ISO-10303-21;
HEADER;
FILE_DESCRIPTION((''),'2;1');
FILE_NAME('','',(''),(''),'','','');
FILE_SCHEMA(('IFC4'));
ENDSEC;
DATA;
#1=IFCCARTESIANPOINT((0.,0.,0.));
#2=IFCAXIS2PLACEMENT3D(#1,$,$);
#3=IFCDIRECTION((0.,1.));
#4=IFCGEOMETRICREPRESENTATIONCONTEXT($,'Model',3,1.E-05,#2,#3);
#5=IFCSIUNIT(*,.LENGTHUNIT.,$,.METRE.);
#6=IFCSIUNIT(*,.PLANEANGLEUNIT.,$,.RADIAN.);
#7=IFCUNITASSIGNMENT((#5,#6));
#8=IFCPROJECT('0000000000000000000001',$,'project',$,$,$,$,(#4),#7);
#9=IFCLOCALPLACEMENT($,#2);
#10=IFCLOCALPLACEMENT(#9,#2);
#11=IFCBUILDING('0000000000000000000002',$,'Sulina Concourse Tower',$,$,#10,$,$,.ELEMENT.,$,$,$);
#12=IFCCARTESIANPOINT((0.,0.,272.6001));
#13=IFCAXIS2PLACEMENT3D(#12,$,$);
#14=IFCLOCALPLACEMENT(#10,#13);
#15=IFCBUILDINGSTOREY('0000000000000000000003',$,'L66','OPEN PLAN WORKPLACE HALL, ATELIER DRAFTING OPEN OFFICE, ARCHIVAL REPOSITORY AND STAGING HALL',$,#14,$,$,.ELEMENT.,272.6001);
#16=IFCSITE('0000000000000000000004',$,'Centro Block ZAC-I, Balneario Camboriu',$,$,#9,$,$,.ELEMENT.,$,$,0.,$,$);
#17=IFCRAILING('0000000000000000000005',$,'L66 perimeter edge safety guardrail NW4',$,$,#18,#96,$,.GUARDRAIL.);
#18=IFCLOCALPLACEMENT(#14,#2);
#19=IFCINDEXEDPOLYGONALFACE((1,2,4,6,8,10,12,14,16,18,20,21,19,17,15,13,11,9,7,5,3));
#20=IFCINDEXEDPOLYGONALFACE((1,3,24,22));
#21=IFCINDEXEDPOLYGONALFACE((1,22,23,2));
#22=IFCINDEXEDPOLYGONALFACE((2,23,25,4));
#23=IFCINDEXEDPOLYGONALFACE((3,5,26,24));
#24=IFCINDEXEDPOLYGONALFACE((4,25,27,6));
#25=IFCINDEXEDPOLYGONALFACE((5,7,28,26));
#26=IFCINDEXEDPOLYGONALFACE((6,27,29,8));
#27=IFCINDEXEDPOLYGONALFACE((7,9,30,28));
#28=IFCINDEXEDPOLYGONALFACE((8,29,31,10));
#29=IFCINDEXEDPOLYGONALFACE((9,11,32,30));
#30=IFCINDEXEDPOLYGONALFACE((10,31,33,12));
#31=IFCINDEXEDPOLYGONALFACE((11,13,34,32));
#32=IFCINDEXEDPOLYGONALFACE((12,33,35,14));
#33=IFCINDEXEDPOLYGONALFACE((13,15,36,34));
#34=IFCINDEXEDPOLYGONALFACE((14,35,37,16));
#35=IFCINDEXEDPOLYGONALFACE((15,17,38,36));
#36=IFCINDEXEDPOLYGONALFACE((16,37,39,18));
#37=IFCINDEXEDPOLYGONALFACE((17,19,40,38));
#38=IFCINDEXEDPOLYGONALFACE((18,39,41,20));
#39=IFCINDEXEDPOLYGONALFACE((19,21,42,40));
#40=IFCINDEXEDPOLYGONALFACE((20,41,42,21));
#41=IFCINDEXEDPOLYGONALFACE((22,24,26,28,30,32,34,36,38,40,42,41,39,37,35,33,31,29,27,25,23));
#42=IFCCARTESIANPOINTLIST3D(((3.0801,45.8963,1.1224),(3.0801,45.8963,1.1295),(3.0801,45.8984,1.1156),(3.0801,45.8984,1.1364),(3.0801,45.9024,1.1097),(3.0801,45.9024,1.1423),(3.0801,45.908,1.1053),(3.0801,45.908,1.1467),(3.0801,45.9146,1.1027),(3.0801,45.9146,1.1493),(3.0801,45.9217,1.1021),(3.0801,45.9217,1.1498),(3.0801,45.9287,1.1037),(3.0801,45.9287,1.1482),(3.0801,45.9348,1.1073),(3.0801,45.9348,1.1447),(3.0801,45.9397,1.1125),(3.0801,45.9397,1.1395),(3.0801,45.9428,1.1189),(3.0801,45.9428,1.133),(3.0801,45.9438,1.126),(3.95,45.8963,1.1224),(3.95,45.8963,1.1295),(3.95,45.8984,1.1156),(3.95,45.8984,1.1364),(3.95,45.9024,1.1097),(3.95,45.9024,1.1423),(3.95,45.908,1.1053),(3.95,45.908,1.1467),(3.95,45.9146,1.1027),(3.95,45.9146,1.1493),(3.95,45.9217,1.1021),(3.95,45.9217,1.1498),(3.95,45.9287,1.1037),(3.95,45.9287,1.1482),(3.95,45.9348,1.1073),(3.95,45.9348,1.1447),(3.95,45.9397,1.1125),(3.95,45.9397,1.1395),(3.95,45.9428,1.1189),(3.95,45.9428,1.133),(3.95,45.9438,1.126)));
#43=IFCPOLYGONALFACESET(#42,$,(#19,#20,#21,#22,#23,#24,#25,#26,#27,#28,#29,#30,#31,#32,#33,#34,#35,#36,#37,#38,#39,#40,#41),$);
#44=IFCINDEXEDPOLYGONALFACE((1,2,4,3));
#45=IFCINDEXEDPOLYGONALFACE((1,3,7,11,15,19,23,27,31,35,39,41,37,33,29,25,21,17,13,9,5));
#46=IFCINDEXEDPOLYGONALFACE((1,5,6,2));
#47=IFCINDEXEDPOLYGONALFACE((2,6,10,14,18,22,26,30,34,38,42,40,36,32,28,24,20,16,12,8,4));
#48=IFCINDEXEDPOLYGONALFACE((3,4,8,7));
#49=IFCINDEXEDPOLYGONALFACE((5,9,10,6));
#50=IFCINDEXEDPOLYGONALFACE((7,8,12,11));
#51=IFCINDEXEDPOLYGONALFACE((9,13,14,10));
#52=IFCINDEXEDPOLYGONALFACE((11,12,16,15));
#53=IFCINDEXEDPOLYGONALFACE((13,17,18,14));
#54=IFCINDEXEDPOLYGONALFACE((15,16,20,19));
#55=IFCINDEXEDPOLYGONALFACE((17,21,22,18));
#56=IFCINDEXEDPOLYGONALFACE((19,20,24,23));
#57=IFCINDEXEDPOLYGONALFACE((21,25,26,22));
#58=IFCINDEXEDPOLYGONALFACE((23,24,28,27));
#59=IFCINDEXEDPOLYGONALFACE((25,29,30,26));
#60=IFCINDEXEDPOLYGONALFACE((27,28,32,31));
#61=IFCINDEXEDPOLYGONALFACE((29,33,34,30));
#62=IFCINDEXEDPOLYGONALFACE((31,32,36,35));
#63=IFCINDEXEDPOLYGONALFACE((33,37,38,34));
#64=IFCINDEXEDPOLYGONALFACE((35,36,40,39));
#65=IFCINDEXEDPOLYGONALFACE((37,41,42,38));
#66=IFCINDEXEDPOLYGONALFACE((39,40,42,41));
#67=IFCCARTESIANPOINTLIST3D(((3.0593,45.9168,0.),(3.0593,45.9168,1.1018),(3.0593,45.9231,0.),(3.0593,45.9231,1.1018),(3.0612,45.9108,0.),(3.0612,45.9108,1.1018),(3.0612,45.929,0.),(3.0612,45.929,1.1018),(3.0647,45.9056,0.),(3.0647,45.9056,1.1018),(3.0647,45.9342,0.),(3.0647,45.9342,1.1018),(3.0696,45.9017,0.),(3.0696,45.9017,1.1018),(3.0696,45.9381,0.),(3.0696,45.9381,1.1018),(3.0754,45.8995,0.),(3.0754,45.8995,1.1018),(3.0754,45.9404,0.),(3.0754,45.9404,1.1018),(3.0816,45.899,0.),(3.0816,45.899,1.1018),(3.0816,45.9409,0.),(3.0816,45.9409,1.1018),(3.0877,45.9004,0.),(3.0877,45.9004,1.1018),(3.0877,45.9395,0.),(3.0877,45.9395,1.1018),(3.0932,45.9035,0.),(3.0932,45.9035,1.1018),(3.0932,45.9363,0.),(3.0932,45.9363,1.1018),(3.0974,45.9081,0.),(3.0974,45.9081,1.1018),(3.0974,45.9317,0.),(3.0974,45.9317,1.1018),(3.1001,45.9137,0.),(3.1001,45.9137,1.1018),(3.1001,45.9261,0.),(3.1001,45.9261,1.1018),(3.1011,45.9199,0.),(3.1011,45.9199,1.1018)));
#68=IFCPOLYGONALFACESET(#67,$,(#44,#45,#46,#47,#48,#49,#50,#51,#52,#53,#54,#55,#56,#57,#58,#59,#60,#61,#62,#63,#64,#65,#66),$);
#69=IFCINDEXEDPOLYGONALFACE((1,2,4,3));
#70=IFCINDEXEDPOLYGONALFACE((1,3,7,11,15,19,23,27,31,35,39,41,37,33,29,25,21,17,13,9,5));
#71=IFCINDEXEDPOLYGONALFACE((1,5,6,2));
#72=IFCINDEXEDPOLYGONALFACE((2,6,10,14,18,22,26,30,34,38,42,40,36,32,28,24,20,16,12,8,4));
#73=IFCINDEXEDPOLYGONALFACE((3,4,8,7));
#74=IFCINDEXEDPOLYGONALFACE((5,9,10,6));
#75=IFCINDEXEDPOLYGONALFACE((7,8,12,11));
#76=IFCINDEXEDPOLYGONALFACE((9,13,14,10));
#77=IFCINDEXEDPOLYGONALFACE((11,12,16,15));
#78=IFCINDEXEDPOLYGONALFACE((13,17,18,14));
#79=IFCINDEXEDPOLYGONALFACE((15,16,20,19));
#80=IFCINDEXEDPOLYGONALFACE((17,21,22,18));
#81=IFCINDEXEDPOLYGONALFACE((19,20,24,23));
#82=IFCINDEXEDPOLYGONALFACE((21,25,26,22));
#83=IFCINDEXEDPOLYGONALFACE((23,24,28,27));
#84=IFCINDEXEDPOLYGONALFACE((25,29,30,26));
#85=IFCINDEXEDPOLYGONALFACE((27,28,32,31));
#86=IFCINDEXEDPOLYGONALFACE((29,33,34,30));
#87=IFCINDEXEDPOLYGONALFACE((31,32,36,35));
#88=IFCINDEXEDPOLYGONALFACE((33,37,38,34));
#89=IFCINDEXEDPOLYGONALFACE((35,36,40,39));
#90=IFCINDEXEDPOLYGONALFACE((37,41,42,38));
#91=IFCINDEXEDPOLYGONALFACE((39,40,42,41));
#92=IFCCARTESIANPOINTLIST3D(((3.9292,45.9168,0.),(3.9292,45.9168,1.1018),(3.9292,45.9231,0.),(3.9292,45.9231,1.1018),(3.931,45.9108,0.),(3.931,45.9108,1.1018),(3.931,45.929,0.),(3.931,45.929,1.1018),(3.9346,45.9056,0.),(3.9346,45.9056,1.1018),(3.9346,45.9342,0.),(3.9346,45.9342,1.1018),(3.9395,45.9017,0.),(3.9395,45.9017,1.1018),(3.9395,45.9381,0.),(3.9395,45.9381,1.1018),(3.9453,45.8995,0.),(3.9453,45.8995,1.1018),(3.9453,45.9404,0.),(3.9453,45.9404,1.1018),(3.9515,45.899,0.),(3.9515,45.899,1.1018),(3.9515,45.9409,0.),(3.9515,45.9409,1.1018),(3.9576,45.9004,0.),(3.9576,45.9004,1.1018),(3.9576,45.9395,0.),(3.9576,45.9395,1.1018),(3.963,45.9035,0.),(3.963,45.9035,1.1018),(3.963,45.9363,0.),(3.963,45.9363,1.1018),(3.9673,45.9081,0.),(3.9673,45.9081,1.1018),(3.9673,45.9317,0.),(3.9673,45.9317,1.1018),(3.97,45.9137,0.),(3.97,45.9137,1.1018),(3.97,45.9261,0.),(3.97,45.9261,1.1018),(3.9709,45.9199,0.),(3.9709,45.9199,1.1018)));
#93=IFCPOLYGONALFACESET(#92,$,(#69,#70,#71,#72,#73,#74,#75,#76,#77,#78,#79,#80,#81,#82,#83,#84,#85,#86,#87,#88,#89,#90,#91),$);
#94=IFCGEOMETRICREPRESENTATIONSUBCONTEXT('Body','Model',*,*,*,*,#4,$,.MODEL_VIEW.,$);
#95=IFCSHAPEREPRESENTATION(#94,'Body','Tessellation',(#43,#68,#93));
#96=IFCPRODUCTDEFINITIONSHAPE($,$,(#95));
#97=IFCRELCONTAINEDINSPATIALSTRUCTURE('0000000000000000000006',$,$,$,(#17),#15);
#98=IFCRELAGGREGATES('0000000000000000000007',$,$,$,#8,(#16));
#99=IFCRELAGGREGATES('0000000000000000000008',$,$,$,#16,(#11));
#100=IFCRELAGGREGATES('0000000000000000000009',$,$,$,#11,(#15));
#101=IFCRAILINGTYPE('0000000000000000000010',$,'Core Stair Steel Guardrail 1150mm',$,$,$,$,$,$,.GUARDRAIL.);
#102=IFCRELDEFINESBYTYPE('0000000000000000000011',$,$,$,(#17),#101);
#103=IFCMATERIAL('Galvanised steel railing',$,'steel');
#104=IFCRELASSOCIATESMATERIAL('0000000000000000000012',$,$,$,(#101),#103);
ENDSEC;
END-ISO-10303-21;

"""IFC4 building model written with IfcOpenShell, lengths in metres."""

from ifc_helpers import new_model, si_unit, direction, frame, origin, origin_2d, place, context, subcontext, project, spatial, circle, extrude, material, type_object, element, save


model = new_model("IFC4")

# Units and contexts
model_context = context("Model", 3, precision=1e-05, world=origin(), true_north=direction((0.0, 1.0)))
body_context = subcontext(model_context, "Body", "Model", "MODEL_VIEW")
ifc_project = project(units=[si_unit("LENGTHUNIT", "METRE"), si_unit("PLANEANGLEUNIT", "RADIAN")], contexts=[model_context])

# Site, building, storey
site_placement = place(None, origin())
site = spatial("IfcSite", under=ifc_project, at=site_placement, Name="Centro Block ZAC-I, Balneario Camboriu", CompositionType="ELEMENT", RefElevation=0.0)
building_placement = place(site_placement, origin())
building = spatial("IfcBuilding", under=site, at=building_placement, Name="Sulina Concourse Tower", CompositionType="ELEMENT")
storey_placement = place(building_placement, frame((0.0, 0.0, 272.6001)))
storey = spatial("IfcBuildingStorey", under=building, at=storey_placement, Name="L66", Description="OPEN PLAN WORKPLACE HALL, ATELIER DRAFTING OPEN OFFICE, ARCHIVAL REPOSITORY AND STAGING HALL", CompositionType="ELEMENT", Elevation=272.6001)

# Railing
ifc_material_1 = material(Name="Galvanised steel railing", Category="steel")
railing_type_1 = type_object("IfcRailingType", Name="Core Stair Steel Guardrail 1150mm", PredefinedType="GUARDRAIL", material=ifc_material_1)
railing_1_placement = place(storey_placement, frame((3.0801, 45.9199, 0.0)))
element("IfcRailing", 1, at=railing_1_placement, inside=storey, type_object=railing_type_1, Name="L66 perimeter edge safety guardrail NW4", PredefinedType="GUARDRAIL", context=body_context, shape_type="SweptSolid", body=[
    extrude(circle(Radius=0.0239, at=origin_2d()), frame((0.0, 0.0, 1.126), z_axis=(1.0, 0.0, 0.0), x_axis=(0.0, 1.0, 0.0)), (0.0, 0.0, 1.0), 0.8699),
    extrude(circle(Radius=0.021, at=origin_2d()), origin(), (0.0, 0.0, 1.0), 1.1018),
    extrude(circle(Radius=0.021, at=origin_2d()), frame((0.8699, 0.0, 0.0)), (0.0, 0.0, 1.0), 1.1018),
])

save(model, "model.ifc")
